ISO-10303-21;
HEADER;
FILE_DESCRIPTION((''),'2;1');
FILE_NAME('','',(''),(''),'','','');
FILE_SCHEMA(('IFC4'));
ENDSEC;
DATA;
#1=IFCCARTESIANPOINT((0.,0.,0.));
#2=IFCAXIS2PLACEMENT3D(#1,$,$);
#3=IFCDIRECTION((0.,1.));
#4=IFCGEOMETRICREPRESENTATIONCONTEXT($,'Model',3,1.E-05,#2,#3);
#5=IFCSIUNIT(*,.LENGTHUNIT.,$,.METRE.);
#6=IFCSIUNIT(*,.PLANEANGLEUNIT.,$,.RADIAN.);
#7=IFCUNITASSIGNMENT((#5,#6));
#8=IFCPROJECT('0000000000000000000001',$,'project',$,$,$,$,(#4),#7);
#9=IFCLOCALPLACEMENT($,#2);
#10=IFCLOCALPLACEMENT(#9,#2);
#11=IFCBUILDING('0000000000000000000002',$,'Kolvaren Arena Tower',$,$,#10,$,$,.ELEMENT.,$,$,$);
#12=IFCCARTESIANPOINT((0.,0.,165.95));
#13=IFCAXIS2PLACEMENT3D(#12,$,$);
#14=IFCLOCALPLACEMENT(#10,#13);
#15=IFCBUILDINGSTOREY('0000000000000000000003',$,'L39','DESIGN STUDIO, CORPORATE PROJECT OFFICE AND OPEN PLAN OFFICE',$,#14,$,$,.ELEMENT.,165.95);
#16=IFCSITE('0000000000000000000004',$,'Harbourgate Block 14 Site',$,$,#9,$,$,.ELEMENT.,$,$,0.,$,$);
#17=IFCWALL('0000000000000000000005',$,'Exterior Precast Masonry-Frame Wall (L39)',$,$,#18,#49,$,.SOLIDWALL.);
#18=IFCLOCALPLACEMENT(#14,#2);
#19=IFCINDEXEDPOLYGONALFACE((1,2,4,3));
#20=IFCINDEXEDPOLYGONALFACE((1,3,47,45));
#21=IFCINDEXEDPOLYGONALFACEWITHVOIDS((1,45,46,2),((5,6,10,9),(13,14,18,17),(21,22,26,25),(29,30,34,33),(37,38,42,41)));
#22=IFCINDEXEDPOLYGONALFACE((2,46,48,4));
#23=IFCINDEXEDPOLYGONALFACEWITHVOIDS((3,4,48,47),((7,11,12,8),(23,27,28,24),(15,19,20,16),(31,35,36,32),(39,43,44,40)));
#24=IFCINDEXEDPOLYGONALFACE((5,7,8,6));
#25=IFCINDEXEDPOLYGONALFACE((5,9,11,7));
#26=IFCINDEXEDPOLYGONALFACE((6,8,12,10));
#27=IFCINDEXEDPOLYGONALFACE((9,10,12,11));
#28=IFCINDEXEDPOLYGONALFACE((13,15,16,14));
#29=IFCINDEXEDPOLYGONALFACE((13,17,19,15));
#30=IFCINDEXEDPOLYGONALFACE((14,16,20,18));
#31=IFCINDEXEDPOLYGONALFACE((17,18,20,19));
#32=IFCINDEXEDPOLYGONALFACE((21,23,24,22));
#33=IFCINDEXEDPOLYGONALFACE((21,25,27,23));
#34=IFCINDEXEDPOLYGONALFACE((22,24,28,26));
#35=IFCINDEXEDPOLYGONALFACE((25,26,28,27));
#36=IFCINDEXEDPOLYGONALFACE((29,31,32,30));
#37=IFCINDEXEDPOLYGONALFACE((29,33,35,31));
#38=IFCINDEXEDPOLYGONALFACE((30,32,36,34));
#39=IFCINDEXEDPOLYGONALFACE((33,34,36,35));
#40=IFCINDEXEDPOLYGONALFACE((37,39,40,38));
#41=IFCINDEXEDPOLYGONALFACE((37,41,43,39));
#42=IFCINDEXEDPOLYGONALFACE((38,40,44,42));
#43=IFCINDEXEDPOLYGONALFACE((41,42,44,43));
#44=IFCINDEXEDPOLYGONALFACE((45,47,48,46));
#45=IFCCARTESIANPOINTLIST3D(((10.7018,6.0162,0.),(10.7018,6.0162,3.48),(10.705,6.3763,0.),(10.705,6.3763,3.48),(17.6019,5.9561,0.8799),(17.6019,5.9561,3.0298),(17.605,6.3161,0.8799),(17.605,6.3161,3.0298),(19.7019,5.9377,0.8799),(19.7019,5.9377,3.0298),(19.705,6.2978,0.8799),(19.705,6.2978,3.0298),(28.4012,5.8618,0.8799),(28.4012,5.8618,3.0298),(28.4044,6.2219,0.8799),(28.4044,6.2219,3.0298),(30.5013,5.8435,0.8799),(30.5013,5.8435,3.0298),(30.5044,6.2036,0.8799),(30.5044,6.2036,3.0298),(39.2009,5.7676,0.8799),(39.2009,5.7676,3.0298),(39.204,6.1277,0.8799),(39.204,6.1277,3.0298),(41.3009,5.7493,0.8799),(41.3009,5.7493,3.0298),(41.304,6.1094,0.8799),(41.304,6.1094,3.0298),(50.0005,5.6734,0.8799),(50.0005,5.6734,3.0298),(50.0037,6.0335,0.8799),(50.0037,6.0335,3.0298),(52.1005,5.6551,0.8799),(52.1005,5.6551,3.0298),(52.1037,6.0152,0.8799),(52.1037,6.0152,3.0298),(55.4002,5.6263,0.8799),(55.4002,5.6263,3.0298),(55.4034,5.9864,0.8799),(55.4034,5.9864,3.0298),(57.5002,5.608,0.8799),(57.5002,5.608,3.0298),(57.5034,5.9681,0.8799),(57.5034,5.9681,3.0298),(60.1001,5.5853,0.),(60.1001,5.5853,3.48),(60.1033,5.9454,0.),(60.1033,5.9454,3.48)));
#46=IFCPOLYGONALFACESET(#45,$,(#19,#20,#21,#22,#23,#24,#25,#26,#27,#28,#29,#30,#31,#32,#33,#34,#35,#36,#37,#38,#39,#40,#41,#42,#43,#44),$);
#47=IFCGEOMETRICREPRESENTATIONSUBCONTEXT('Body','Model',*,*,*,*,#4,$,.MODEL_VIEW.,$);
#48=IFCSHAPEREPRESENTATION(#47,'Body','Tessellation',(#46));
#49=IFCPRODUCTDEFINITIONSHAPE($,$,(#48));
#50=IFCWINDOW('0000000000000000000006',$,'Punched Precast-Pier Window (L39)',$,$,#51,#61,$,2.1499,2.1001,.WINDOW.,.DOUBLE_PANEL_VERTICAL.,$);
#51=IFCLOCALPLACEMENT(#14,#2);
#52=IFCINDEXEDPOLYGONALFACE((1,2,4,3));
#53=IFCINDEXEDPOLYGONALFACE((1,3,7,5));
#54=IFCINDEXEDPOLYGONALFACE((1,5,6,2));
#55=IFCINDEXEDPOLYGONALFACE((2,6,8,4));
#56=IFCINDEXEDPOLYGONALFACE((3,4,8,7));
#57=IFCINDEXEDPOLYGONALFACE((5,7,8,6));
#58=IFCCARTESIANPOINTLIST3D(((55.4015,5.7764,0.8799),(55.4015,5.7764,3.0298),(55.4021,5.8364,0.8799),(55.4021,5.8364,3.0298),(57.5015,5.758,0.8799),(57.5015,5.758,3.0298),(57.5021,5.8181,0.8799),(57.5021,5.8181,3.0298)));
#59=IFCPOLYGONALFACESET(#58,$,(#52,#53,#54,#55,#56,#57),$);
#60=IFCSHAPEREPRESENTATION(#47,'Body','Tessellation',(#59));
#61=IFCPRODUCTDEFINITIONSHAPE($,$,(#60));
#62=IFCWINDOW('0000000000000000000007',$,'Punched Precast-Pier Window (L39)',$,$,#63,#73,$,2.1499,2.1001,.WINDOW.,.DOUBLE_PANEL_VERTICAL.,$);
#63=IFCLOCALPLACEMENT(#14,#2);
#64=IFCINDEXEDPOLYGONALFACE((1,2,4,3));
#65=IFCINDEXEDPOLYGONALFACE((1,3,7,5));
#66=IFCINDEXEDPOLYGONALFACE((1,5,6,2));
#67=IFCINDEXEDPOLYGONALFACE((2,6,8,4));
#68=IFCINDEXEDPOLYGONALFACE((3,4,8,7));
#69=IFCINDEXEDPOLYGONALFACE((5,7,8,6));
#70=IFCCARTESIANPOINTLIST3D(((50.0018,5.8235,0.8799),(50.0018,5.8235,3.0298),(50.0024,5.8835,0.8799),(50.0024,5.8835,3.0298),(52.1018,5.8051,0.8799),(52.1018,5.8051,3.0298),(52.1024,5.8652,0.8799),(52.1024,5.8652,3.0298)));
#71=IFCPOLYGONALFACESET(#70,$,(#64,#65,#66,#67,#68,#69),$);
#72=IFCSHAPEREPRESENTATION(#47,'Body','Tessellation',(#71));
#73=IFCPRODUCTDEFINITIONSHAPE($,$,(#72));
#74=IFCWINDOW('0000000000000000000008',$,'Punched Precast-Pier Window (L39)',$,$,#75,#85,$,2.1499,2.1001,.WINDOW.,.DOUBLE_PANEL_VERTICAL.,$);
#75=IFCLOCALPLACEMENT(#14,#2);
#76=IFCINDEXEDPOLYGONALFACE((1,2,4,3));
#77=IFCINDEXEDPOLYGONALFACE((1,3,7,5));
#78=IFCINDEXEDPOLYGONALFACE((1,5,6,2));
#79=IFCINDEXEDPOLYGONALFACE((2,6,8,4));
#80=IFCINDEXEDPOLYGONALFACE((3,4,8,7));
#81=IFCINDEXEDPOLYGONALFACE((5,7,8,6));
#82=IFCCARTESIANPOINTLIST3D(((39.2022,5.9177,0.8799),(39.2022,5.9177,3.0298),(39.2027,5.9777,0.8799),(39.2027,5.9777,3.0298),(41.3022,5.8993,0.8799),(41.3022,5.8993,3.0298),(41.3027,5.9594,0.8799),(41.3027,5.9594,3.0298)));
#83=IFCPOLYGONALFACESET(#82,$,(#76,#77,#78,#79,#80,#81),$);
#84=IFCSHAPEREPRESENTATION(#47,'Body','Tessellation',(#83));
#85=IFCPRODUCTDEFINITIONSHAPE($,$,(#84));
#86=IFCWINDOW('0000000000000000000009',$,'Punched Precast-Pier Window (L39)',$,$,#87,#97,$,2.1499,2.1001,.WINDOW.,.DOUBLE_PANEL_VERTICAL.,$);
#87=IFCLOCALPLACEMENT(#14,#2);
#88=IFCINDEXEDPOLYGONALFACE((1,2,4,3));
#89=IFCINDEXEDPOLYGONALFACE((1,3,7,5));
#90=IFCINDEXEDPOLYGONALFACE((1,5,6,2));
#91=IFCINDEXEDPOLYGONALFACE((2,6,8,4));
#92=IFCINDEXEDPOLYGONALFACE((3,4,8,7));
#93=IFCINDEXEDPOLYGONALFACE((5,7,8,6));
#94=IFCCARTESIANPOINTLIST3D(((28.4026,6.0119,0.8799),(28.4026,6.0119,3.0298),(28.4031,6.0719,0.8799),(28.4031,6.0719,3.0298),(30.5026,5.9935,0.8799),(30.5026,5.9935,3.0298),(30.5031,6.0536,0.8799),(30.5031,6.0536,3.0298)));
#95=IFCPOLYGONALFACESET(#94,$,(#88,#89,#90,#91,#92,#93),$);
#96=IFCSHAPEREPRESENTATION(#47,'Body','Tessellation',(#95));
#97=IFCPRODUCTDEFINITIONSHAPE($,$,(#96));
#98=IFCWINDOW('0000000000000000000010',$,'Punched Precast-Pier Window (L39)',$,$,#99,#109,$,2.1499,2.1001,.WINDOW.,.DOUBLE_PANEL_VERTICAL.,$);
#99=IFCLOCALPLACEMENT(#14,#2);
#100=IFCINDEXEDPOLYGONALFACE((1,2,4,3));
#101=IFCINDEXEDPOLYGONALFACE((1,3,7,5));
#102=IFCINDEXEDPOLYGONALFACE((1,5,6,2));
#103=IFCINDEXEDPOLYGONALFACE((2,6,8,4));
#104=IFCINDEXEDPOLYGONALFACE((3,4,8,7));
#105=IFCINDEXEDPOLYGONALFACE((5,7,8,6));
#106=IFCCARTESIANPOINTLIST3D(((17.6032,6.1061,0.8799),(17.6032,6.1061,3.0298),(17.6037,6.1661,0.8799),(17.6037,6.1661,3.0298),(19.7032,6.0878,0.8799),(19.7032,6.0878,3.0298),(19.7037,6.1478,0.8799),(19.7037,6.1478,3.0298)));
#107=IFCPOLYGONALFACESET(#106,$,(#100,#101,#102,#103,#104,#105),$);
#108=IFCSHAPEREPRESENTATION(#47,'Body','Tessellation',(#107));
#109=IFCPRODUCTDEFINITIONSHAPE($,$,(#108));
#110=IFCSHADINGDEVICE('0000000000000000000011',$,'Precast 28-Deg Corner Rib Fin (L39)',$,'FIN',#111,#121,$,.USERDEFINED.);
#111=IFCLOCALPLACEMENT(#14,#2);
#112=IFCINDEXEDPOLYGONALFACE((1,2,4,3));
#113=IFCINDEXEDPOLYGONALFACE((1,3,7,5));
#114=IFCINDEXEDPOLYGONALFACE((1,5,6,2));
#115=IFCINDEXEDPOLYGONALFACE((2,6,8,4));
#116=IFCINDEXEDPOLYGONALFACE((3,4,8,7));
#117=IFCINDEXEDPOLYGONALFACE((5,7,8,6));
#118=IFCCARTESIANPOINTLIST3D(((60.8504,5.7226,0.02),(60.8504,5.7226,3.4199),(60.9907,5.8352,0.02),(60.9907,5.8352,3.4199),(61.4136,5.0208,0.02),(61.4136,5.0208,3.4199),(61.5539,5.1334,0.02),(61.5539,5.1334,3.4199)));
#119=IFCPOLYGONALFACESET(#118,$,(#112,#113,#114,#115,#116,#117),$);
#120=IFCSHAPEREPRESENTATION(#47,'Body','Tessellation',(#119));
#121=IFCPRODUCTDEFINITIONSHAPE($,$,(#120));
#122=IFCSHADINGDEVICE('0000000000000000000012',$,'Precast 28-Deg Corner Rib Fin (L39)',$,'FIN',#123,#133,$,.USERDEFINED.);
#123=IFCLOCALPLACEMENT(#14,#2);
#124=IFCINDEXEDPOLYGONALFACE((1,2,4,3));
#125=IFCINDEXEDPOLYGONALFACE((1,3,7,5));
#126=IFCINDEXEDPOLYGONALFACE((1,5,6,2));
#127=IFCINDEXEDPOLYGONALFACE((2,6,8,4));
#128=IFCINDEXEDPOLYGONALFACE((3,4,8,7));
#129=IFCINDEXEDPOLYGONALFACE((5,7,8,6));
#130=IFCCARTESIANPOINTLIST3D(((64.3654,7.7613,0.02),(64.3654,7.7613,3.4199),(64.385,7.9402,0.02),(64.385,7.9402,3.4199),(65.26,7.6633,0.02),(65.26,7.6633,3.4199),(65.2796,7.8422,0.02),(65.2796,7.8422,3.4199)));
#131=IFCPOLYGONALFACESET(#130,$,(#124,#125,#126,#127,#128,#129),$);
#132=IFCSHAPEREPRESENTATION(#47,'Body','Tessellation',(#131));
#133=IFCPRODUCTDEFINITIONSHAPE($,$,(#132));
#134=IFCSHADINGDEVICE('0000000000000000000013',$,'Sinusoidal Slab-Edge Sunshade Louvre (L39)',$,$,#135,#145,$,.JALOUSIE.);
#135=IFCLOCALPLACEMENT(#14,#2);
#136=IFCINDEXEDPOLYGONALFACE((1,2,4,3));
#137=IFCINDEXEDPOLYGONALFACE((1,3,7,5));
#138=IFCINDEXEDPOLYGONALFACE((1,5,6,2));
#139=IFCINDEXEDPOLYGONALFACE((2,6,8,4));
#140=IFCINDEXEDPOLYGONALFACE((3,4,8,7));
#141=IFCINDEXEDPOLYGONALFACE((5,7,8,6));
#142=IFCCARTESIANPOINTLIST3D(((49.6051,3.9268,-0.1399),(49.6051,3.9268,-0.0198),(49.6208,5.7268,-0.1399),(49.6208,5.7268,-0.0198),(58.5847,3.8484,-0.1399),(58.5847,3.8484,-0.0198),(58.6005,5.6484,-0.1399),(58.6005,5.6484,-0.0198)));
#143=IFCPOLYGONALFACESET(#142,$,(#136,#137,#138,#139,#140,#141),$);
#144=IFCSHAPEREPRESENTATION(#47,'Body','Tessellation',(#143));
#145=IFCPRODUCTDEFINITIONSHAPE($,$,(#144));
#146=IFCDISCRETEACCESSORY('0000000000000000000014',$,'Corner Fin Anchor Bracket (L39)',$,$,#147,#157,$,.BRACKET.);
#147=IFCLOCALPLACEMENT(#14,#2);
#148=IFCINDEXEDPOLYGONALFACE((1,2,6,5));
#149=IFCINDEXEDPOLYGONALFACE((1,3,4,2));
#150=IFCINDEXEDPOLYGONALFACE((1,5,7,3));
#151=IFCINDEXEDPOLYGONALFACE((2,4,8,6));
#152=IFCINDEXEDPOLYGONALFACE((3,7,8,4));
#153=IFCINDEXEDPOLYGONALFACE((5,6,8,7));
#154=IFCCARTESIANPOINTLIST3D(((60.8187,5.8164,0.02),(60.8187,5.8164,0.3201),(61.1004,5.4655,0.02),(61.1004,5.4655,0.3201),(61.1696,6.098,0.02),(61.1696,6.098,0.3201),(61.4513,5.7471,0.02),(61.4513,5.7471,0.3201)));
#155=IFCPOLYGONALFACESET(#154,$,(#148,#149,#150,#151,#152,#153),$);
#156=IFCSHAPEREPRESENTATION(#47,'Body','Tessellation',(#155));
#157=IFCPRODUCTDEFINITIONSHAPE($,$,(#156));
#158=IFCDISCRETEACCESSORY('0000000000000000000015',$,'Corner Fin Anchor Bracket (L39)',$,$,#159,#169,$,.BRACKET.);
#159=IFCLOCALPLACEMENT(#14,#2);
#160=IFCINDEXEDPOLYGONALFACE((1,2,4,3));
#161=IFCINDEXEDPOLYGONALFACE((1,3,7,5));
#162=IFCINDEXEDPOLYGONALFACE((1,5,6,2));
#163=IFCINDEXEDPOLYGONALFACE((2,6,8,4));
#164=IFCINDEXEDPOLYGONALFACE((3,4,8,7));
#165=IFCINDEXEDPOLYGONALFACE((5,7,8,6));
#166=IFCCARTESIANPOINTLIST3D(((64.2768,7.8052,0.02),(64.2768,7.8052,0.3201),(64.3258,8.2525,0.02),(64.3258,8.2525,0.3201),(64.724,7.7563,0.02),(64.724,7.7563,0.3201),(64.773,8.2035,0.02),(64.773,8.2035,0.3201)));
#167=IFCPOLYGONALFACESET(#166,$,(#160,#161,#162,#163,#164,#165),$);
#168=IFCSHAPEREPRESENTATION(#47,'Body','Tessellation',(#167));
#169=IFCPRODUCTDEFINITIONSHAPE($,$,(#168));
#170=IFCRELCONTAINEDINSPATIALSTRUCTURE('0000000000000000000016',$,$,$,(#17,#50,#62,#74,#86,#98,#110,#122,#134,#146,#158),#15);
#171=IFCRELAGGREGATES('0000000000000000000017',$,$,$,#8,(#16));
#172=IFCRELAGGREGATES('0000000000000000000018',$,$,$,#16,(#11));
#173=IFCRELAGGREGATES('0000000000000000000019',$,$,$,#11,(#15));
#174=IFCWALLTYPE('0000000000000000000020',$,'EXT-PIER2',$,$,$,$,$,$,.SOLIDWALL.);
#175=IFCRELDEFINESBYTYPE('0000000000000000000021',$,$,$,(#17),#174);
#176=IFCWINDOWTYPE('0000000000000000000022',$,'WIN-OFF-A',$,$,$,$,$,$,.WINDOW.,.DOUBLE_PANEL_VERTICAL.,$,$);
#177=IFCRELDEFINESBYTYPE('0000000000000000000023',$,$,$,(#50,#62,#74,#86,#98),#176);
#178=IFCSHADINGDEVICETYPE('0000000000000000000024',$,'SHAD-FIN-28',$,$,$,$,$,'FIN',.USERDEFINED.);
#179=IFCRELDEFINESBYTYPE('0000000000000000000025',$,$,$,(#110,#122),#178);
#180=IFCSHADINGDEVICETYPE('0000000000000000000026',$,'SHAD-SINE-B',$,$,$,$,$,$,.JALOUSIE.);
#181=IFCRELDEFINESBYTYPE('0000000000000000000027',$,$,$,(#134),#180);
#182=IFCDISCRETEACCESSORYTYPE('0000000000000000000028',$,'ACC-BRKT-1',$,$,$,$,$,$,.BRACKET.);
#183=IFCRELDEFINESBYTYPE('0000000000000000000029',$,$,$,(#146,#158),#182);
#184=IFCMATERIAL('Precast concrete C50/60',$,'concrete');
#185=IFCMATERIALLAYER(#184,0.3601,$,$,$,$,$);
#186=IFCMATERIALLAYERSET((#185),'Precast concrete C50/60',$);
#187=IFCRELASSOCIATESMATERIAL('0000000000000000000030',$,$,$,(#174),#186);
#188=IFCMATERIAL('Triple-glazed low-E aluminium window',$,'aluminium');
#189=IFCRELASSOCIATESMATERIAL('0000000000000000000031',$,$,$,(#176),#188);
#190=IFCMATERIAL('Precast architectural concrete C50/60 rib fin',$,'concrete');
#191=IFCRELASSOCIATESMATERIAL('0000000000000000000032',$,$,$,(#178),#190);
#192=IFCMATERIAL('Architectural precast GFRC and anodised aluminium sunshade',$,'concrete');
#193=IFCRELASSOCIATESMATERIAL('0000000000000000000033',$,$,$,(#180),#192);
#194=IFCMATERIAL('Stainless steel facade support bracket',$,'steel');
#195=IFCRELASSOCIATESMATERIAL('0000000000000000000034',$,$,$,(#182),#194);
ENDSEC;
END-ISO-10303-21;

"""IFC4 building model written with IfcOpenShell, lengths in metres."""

from ifc_helpers import new_model, si_unit, direction, frame, frame_2d, origin, origin_2d, place, context, subcontext, project, spatial, rectangle, extrude, material, layer, layer_set, type_object, element, fill, save


model = new_model("IFC4")

# Units and contexts
model_context = context("Model", 3, precision=1e-05, world=origin(), true_north=direction((0.0, 1.0)))
body_context = subcontext(model_context, "Body", "Model", "MODEL_VIEW")
ifc_project = project(units=[si_unit("LENGTHUNIT", "METRE"), si_unit("PLANEANGLEUNIT", "RADIAN")], contexts=[model_context])

# Site, building, storey
site_placement = place(None, origin())
site = spatial("IfcSite", under=ifc_project, at=site_placement, Name="Harbourgate Block 14 Site", CompositionType="ELEMENT", RefElevation=0.0)
building_placement = place(site_placement, origin())
building = spatial("IfcBuilding", under=site, at=building_placement, Name="Kolvaren Arena Tower", CompositionType="ELEMENT")
storey_placement = place(building_placement, frame((0.0, 0.0, 165.95)))
storey = spatial("IfcBuildingStorey", under=building, at=storey_placement, Name="L39", Description="DESIGN STUDIO, CORPORATE PROJECT OFFICE AND OPEN PLAN OFFICE", CompositionType="ELEMENT", Elevation=165.95)

# Shared definitions
ifc_material_1 = material(Name="Precast concrete C50/60", Category="concrete")
ifc_layer_1 = layer(ifc_material_1, 0.3601)
ifc_layer_set_1 = layer_set([ifc_layer_1], Name="Precast concrete C50/60")
wall_type_1 = type_object("IfcWallType", Name="EXT-PIER2", PredefinedType="SOLIDWALL", material=ifc_layer_set_1)

# Wall, openings, windows
wall_1_placement = place(storey_placement, frame((60.1018, 5.7654, 0.0), z_axis=(0.0, 0.0, 1.0), x_axis=(-0.999962, 0.008723, 0.0)))
wall_1 = element("IfcWall", 1, at=wall_1_placement, inside=storey, type_object=wall_type_1, Name="Exterior Precast Masonry-Frame Wall (L39)", PredefinedType="SOLIDWALL", context=body_context, shape_type="SweptSolid", body=[
    extrude(rectangle(XDim=49.4001, YDim=0.3601, at=frame_2d((24.7002, 0.0))), origin(), (0.0, 0.0, 1.0), 3.48),
])
opening_1_placement = place(wall_1_placement, frame((2.6001, 0.0, 0.8799)))
opening_1 = element("IfcOpeningElement", 2, at=opening_1_placement, cuts=wall_1, PredefinedType="OPENING", context=body_context, shape_type="SweptSolid", body=[
    extrude(rectangle(XDim=2.1001, YDim=2.1499, at=frame_2d((1.05, 1.075))), frame((0.0, 0.1899, 0.0), z_axis=(0.0, -1.0, 0.0), x_axis=(1.0, 0.0, 0.0)), (0.0, 0.0, 1.0), 0.3801),
])
opening_2_placement = place(wall_1_placement, frame((8.0, 0.0, 0.8799)))
opening_2 = element("IfcOpeningElement", 3, at=opening_2_placement, cuts=wall_1, PredefinedType="OPENING", context=body_context, shape_type="SweptSolid", body=[
    extrude(rectangle(XDim=2.1001, YDim=2.1499, at=frame_2d((1.05, 1.075))), frame((0.0, 0.1899, 0.0), z_axis=(0.0, -1.0, 0.0), x_axis=(1.0, 0.0, 0.0)), (0.0, 0.0, 1.0), 0.3801),
])
opening_3_placement = place(wall_1_placement, frame((18.8, 0.0, 0.8799)))
opening_3 = element("IfcOpeningElement", 4, at=opening_3_placement, cuts=wall_1, PredefinedType="OPENING", context=body_context, shape_type="SweptSolid", body=[
    extrude(rectangle(XDim=2.1001, YDim=2.1499, at=frame_2d((1.05, 1.075))), frame((0.0, 0.1899, 0.0), z_axis=(0.0, -1.0, 0.0), x_axis=(1.0, 0.0, 0.0)), (0.0, 0.0, 1.0), 0.3801),
])
opening_4_placement = place(wall_1_placement, frame((29.6001, 0.0, 0.8799)))
opening_4 = element("IfcOpeningElement", 5, at=opening_4_placement, cuts=wall_1, PredefinedType="OPENING", context=body_context, shape_type="SweptSolid", body=[
    extrude(rectangle(XDim=2.1001, YDim=2.1499, at=frame_2d((1.05, 1.075))), frame((0.0, 0.1899, 0.0), z_axis=(0.0, -1.0, 0.0), x_axis=(1.0, 0.0, 0.0)), (0.0, 0.0, 1.0), 0.3801),
])
opening_5_placement = place(wall_1_placement, frame((40.3999, 0.0, 0.8799)))
opening_5 = element("IfcOpeningElement", 6, at=opening_5_placement, cuts=wall_1, PredefinedType="OPENING", context=body_context, shape_type="SweptSolid", body=[
    extrude(rectangle(XDim=2.1001, YDim=2.1499, at=frame_2d((1.05, 1.075))), frame((0.0, 0.1899, 0.0), z_axis=(0.0, -1.0, 0.0), x_axis=(1.0, 0.0, 0.0)), (0.0, 0.0, 1.0), 0.3801),
])
ifc_material_2 = material(Name="Triple-glazed low-E aluminium window", Category="aluminium")
window_type = type_object("IfcWindowType", Name="WIN-OFF-A", PartitioningType="DOUBLE_PANEL_VERTICAL", PredefinedType="WINDOW", material=ifc_material_2)
window_1_placement = place(opening_1_placement, origin())
window_1 = element("IfcWindow", 7, at=window_1_placement, inside=storey, type_object=window_type, Name="Punched Precast-Pier Window (L39)", OverallHeight=2.1499, OverallWidth=2.1001, PartitioningType="DOUBLE_PANEL_VERTICAL", PredefinedType="WINDOW", context=body_context, shape_type="SweptSolid", body=[
    extrude(rectangle(XDim=2.1001, YDim=2.1499, at=frame_2d((1.05, 1.075))), frame((0.0, 0.03, 0.0), z_axis=(0.0, -1.0, 0.0), x_axis=(1.0, 0.0, 0.0)), (0.0, 0.0, 1.0), 0.0601),
])
fill(opening_1, window_1)
window_2_placement = place(opening_2_placement, origin())
window_2 = element("IfcWindow", 8, at=window_2_placement, inside=storey, type_object=window_type, Name="Punched Precast-Pier Window (L39)", OverallHeight=2.1499, OverallWidth=2.1001, PartitioningType="DOUBLE_PANEL_VERTICAL", PredefinedType="WINDOW", context=body_context, shape_type="SweptSolid", body=[
    extrude(rectangle(XDim=2.1001, YDim=2.1499, at=frame_2d((1.05, 1.075))), frame((0.0, 0.03, 0.0), z_axis=(0.0, -1.0, 0.0), x_axis=(1.0, 0.0, 0.0)), (0.0, 0.0, 1.0), 0.0601),
])
fill(opening_2, window_2)
window_3_placement = place(opening_3_placement, origin())
window_3 = element("IfcWindow", 9, at=window_3_placement, inside=storey, type_object=window_type, Name="Punched Precast-Pier Window (L39)", OverallHeight=2.1499, OverallWidth=2.1001, PartitioningType="DOUBLE_PANEL_VERTICAL", PredefinedType="WINDOW", context=body_context, shape_type="SweptSolid", body=[
    extrude(rectangle(XDim=2.1001, YDim=2.1499, at=frame_2d((1.05, 1.075))), frame((0.0, 0.03, 0.0), z_axis=(0.0, -1.0, 0.0), x_axis=(1.0, 0.0, 0.0)), (0.0, 0.0, 1.0), 0.0601),
])
fill(opening_3, window_3)
window_4_placement = place(opening_4_placement, origin())
window_4 = element("IfcWindow", 10, at=window_4_placement, inside=storey, type_object=window_type, Name="Punched Precast-Pier Window (L39)", OverallHeight=2.1499, OverallWidth=2.1001, PartitioningType="DOUBLE_PANEL_VERTICAL", PredefinedType="WINDOW", context=body_context, shape_type="SweptSolid", body=[
    extrude(rectangle(XDim=2.1001, YDim=2.1499, at=frame_2d((1.05, 1.075))), frame((0.0, 0.03, 0.0), z_axis=(0.0, -1.0, 0.0), x_axis=(1.0, 0.0, 0.0)), (0.0, 0.0, 1.0), 0.0601),
])
fill(opening_4, window_4)
window_5_placement = place(opening_5_placement, origin())
window_5 = element("IfcWindow", 11, at=window_5_placement, inside=storey, type_object=window_type, Name="Punched Precast-Pier Window (L39)", OverallHeight=2.1499, OverallWidth=2.1001, PartitioningType="DOUBLE_PANEL_VERTICAL", PredefinedType="WINDOW", context=body_context, shape_type="SweptSolid", body=[
    extrude(rectangle(XDim=2.1001, YDim=2.1499, at=frame_2d((1.05, 1.075))), frame((0.0, 0.03, 0.0), z_axis=(0.0, -1.0, 0.0), x_axis=(1.0, 0.0, 0.0)), (0.0, 0.0, 1.0), 0.0601),
])
fill(opening_5, window_5)

# Shading devices
ifc_material_3 = material(Name="Precast architectural concrete C50/60 rib fin", Category="concrete")
shading_device_type_1 = type_object("IfcShadingDeviceType", Name="SHAD-FIN-28", ElementType="FIN", PredefinedType="USERDEFINED", material=ifc_material_3)
for number, where, z_axis, x_axis, name in (
    (12, (61.2021, 5.428, 0.02), (0.0, 0.0, 1.0), (0.625923, -0.779884, 0.0), "Precast 28-Deg Corner Rib Fin (L39)"),
    (13, (64.8225, 7.8018, 0.02), (0.0, 0.0, 1.0), (0.994057, -0.108862, 0.0), "Precast 28-Deg Corner Rib Fin (L39)"),
):
    element("IfcShadingDevice", number, at=place(storey_placement, frame(where, z_axis=z_axis, x_axis=x_axis)), inside=storey, type_object=shading_device_type_1, Name=name, ObjectType="FIN", PredefinedType="USERDEFINED", context=body_context, shape_type="SweptSolid", body=[
        extrude(rectangle(XDim=0.8999, YDim=0.1799, at=origin_2d()), origin(), (0.0, 0.0, 1.0), 3.3999),
    ])
ifc_material_4 = material(Name="Architectural precast GFRC and anodised aluminium sunshade", Category="concrete")
shading_device_type_2 = type_object("IfcShadingDeviceType", Name="SHAD-SINE-B", PredefinedType="JALOUSIE", material=ifc_material_4)
shading_device_placement = place(storey_placement, frame((54.1028, 4.7876, -0.1399), z_axis=(0.0, 0.0, 1.0), x_axis=(-0.999962, 0.008727, 0.0)))
element("IfcShadingDevice", 14, at=shading_device_placement, inside=storey, type_object=shading_device_type_2, Name="Sinusoidal Slab-Edge Sunshade Louvre (L39)", PredefinedType="JALOUSIE", context=body_context, shape_type="SweptSolid", body=[
    extrude(rectangle(XDim=8.98, YDim=1.8, at=origin_2d()), origin(), (0.0, 0.0, 1.0), 0.1201),
])

# Discrete accessories
ifc_material_5 = material(Name="Stainless steel facade support bracket", Category="steel")
discrete_accessory_type = type_object("IfcDiscreteAccessoryType", Name="ACC-BRKT-1", PredefinedType="BRACKET", material=ifc_material_5)
for number, where, z_axis, x_axis, name in (
    (15, (61.135, 5.7817, 0.02), (0.0, 0.0, 1.0), (0.625923, -0.779884, 0.0), "Corner Fin Anchor Bracket (L39)"),
    (16, (64.5249, 8.0044, 0.02), (0.0, 0.0, 1.0), (0.994057, -0.108862, 0.0), "Corner Fin Anchor Bracket (L39)"),
):
    element("IfcDiscreteAccessory", number, at=place(storey_placement, frame(where, z_axis=z_axis, x_axis=x_axis)), inside=storey, type_object=discrete_accessory_type, Name=name, PredefinedType="BRACKET", context=body_context, shape_type="SweptSolid", body=[
        extrude(rectangle(XDim=0.45, YDim=0.45, at=origin_2d()), origin(), (0.0, 0.0, 1.0), 0.3),
    ])

save(model, "model.ifc")
